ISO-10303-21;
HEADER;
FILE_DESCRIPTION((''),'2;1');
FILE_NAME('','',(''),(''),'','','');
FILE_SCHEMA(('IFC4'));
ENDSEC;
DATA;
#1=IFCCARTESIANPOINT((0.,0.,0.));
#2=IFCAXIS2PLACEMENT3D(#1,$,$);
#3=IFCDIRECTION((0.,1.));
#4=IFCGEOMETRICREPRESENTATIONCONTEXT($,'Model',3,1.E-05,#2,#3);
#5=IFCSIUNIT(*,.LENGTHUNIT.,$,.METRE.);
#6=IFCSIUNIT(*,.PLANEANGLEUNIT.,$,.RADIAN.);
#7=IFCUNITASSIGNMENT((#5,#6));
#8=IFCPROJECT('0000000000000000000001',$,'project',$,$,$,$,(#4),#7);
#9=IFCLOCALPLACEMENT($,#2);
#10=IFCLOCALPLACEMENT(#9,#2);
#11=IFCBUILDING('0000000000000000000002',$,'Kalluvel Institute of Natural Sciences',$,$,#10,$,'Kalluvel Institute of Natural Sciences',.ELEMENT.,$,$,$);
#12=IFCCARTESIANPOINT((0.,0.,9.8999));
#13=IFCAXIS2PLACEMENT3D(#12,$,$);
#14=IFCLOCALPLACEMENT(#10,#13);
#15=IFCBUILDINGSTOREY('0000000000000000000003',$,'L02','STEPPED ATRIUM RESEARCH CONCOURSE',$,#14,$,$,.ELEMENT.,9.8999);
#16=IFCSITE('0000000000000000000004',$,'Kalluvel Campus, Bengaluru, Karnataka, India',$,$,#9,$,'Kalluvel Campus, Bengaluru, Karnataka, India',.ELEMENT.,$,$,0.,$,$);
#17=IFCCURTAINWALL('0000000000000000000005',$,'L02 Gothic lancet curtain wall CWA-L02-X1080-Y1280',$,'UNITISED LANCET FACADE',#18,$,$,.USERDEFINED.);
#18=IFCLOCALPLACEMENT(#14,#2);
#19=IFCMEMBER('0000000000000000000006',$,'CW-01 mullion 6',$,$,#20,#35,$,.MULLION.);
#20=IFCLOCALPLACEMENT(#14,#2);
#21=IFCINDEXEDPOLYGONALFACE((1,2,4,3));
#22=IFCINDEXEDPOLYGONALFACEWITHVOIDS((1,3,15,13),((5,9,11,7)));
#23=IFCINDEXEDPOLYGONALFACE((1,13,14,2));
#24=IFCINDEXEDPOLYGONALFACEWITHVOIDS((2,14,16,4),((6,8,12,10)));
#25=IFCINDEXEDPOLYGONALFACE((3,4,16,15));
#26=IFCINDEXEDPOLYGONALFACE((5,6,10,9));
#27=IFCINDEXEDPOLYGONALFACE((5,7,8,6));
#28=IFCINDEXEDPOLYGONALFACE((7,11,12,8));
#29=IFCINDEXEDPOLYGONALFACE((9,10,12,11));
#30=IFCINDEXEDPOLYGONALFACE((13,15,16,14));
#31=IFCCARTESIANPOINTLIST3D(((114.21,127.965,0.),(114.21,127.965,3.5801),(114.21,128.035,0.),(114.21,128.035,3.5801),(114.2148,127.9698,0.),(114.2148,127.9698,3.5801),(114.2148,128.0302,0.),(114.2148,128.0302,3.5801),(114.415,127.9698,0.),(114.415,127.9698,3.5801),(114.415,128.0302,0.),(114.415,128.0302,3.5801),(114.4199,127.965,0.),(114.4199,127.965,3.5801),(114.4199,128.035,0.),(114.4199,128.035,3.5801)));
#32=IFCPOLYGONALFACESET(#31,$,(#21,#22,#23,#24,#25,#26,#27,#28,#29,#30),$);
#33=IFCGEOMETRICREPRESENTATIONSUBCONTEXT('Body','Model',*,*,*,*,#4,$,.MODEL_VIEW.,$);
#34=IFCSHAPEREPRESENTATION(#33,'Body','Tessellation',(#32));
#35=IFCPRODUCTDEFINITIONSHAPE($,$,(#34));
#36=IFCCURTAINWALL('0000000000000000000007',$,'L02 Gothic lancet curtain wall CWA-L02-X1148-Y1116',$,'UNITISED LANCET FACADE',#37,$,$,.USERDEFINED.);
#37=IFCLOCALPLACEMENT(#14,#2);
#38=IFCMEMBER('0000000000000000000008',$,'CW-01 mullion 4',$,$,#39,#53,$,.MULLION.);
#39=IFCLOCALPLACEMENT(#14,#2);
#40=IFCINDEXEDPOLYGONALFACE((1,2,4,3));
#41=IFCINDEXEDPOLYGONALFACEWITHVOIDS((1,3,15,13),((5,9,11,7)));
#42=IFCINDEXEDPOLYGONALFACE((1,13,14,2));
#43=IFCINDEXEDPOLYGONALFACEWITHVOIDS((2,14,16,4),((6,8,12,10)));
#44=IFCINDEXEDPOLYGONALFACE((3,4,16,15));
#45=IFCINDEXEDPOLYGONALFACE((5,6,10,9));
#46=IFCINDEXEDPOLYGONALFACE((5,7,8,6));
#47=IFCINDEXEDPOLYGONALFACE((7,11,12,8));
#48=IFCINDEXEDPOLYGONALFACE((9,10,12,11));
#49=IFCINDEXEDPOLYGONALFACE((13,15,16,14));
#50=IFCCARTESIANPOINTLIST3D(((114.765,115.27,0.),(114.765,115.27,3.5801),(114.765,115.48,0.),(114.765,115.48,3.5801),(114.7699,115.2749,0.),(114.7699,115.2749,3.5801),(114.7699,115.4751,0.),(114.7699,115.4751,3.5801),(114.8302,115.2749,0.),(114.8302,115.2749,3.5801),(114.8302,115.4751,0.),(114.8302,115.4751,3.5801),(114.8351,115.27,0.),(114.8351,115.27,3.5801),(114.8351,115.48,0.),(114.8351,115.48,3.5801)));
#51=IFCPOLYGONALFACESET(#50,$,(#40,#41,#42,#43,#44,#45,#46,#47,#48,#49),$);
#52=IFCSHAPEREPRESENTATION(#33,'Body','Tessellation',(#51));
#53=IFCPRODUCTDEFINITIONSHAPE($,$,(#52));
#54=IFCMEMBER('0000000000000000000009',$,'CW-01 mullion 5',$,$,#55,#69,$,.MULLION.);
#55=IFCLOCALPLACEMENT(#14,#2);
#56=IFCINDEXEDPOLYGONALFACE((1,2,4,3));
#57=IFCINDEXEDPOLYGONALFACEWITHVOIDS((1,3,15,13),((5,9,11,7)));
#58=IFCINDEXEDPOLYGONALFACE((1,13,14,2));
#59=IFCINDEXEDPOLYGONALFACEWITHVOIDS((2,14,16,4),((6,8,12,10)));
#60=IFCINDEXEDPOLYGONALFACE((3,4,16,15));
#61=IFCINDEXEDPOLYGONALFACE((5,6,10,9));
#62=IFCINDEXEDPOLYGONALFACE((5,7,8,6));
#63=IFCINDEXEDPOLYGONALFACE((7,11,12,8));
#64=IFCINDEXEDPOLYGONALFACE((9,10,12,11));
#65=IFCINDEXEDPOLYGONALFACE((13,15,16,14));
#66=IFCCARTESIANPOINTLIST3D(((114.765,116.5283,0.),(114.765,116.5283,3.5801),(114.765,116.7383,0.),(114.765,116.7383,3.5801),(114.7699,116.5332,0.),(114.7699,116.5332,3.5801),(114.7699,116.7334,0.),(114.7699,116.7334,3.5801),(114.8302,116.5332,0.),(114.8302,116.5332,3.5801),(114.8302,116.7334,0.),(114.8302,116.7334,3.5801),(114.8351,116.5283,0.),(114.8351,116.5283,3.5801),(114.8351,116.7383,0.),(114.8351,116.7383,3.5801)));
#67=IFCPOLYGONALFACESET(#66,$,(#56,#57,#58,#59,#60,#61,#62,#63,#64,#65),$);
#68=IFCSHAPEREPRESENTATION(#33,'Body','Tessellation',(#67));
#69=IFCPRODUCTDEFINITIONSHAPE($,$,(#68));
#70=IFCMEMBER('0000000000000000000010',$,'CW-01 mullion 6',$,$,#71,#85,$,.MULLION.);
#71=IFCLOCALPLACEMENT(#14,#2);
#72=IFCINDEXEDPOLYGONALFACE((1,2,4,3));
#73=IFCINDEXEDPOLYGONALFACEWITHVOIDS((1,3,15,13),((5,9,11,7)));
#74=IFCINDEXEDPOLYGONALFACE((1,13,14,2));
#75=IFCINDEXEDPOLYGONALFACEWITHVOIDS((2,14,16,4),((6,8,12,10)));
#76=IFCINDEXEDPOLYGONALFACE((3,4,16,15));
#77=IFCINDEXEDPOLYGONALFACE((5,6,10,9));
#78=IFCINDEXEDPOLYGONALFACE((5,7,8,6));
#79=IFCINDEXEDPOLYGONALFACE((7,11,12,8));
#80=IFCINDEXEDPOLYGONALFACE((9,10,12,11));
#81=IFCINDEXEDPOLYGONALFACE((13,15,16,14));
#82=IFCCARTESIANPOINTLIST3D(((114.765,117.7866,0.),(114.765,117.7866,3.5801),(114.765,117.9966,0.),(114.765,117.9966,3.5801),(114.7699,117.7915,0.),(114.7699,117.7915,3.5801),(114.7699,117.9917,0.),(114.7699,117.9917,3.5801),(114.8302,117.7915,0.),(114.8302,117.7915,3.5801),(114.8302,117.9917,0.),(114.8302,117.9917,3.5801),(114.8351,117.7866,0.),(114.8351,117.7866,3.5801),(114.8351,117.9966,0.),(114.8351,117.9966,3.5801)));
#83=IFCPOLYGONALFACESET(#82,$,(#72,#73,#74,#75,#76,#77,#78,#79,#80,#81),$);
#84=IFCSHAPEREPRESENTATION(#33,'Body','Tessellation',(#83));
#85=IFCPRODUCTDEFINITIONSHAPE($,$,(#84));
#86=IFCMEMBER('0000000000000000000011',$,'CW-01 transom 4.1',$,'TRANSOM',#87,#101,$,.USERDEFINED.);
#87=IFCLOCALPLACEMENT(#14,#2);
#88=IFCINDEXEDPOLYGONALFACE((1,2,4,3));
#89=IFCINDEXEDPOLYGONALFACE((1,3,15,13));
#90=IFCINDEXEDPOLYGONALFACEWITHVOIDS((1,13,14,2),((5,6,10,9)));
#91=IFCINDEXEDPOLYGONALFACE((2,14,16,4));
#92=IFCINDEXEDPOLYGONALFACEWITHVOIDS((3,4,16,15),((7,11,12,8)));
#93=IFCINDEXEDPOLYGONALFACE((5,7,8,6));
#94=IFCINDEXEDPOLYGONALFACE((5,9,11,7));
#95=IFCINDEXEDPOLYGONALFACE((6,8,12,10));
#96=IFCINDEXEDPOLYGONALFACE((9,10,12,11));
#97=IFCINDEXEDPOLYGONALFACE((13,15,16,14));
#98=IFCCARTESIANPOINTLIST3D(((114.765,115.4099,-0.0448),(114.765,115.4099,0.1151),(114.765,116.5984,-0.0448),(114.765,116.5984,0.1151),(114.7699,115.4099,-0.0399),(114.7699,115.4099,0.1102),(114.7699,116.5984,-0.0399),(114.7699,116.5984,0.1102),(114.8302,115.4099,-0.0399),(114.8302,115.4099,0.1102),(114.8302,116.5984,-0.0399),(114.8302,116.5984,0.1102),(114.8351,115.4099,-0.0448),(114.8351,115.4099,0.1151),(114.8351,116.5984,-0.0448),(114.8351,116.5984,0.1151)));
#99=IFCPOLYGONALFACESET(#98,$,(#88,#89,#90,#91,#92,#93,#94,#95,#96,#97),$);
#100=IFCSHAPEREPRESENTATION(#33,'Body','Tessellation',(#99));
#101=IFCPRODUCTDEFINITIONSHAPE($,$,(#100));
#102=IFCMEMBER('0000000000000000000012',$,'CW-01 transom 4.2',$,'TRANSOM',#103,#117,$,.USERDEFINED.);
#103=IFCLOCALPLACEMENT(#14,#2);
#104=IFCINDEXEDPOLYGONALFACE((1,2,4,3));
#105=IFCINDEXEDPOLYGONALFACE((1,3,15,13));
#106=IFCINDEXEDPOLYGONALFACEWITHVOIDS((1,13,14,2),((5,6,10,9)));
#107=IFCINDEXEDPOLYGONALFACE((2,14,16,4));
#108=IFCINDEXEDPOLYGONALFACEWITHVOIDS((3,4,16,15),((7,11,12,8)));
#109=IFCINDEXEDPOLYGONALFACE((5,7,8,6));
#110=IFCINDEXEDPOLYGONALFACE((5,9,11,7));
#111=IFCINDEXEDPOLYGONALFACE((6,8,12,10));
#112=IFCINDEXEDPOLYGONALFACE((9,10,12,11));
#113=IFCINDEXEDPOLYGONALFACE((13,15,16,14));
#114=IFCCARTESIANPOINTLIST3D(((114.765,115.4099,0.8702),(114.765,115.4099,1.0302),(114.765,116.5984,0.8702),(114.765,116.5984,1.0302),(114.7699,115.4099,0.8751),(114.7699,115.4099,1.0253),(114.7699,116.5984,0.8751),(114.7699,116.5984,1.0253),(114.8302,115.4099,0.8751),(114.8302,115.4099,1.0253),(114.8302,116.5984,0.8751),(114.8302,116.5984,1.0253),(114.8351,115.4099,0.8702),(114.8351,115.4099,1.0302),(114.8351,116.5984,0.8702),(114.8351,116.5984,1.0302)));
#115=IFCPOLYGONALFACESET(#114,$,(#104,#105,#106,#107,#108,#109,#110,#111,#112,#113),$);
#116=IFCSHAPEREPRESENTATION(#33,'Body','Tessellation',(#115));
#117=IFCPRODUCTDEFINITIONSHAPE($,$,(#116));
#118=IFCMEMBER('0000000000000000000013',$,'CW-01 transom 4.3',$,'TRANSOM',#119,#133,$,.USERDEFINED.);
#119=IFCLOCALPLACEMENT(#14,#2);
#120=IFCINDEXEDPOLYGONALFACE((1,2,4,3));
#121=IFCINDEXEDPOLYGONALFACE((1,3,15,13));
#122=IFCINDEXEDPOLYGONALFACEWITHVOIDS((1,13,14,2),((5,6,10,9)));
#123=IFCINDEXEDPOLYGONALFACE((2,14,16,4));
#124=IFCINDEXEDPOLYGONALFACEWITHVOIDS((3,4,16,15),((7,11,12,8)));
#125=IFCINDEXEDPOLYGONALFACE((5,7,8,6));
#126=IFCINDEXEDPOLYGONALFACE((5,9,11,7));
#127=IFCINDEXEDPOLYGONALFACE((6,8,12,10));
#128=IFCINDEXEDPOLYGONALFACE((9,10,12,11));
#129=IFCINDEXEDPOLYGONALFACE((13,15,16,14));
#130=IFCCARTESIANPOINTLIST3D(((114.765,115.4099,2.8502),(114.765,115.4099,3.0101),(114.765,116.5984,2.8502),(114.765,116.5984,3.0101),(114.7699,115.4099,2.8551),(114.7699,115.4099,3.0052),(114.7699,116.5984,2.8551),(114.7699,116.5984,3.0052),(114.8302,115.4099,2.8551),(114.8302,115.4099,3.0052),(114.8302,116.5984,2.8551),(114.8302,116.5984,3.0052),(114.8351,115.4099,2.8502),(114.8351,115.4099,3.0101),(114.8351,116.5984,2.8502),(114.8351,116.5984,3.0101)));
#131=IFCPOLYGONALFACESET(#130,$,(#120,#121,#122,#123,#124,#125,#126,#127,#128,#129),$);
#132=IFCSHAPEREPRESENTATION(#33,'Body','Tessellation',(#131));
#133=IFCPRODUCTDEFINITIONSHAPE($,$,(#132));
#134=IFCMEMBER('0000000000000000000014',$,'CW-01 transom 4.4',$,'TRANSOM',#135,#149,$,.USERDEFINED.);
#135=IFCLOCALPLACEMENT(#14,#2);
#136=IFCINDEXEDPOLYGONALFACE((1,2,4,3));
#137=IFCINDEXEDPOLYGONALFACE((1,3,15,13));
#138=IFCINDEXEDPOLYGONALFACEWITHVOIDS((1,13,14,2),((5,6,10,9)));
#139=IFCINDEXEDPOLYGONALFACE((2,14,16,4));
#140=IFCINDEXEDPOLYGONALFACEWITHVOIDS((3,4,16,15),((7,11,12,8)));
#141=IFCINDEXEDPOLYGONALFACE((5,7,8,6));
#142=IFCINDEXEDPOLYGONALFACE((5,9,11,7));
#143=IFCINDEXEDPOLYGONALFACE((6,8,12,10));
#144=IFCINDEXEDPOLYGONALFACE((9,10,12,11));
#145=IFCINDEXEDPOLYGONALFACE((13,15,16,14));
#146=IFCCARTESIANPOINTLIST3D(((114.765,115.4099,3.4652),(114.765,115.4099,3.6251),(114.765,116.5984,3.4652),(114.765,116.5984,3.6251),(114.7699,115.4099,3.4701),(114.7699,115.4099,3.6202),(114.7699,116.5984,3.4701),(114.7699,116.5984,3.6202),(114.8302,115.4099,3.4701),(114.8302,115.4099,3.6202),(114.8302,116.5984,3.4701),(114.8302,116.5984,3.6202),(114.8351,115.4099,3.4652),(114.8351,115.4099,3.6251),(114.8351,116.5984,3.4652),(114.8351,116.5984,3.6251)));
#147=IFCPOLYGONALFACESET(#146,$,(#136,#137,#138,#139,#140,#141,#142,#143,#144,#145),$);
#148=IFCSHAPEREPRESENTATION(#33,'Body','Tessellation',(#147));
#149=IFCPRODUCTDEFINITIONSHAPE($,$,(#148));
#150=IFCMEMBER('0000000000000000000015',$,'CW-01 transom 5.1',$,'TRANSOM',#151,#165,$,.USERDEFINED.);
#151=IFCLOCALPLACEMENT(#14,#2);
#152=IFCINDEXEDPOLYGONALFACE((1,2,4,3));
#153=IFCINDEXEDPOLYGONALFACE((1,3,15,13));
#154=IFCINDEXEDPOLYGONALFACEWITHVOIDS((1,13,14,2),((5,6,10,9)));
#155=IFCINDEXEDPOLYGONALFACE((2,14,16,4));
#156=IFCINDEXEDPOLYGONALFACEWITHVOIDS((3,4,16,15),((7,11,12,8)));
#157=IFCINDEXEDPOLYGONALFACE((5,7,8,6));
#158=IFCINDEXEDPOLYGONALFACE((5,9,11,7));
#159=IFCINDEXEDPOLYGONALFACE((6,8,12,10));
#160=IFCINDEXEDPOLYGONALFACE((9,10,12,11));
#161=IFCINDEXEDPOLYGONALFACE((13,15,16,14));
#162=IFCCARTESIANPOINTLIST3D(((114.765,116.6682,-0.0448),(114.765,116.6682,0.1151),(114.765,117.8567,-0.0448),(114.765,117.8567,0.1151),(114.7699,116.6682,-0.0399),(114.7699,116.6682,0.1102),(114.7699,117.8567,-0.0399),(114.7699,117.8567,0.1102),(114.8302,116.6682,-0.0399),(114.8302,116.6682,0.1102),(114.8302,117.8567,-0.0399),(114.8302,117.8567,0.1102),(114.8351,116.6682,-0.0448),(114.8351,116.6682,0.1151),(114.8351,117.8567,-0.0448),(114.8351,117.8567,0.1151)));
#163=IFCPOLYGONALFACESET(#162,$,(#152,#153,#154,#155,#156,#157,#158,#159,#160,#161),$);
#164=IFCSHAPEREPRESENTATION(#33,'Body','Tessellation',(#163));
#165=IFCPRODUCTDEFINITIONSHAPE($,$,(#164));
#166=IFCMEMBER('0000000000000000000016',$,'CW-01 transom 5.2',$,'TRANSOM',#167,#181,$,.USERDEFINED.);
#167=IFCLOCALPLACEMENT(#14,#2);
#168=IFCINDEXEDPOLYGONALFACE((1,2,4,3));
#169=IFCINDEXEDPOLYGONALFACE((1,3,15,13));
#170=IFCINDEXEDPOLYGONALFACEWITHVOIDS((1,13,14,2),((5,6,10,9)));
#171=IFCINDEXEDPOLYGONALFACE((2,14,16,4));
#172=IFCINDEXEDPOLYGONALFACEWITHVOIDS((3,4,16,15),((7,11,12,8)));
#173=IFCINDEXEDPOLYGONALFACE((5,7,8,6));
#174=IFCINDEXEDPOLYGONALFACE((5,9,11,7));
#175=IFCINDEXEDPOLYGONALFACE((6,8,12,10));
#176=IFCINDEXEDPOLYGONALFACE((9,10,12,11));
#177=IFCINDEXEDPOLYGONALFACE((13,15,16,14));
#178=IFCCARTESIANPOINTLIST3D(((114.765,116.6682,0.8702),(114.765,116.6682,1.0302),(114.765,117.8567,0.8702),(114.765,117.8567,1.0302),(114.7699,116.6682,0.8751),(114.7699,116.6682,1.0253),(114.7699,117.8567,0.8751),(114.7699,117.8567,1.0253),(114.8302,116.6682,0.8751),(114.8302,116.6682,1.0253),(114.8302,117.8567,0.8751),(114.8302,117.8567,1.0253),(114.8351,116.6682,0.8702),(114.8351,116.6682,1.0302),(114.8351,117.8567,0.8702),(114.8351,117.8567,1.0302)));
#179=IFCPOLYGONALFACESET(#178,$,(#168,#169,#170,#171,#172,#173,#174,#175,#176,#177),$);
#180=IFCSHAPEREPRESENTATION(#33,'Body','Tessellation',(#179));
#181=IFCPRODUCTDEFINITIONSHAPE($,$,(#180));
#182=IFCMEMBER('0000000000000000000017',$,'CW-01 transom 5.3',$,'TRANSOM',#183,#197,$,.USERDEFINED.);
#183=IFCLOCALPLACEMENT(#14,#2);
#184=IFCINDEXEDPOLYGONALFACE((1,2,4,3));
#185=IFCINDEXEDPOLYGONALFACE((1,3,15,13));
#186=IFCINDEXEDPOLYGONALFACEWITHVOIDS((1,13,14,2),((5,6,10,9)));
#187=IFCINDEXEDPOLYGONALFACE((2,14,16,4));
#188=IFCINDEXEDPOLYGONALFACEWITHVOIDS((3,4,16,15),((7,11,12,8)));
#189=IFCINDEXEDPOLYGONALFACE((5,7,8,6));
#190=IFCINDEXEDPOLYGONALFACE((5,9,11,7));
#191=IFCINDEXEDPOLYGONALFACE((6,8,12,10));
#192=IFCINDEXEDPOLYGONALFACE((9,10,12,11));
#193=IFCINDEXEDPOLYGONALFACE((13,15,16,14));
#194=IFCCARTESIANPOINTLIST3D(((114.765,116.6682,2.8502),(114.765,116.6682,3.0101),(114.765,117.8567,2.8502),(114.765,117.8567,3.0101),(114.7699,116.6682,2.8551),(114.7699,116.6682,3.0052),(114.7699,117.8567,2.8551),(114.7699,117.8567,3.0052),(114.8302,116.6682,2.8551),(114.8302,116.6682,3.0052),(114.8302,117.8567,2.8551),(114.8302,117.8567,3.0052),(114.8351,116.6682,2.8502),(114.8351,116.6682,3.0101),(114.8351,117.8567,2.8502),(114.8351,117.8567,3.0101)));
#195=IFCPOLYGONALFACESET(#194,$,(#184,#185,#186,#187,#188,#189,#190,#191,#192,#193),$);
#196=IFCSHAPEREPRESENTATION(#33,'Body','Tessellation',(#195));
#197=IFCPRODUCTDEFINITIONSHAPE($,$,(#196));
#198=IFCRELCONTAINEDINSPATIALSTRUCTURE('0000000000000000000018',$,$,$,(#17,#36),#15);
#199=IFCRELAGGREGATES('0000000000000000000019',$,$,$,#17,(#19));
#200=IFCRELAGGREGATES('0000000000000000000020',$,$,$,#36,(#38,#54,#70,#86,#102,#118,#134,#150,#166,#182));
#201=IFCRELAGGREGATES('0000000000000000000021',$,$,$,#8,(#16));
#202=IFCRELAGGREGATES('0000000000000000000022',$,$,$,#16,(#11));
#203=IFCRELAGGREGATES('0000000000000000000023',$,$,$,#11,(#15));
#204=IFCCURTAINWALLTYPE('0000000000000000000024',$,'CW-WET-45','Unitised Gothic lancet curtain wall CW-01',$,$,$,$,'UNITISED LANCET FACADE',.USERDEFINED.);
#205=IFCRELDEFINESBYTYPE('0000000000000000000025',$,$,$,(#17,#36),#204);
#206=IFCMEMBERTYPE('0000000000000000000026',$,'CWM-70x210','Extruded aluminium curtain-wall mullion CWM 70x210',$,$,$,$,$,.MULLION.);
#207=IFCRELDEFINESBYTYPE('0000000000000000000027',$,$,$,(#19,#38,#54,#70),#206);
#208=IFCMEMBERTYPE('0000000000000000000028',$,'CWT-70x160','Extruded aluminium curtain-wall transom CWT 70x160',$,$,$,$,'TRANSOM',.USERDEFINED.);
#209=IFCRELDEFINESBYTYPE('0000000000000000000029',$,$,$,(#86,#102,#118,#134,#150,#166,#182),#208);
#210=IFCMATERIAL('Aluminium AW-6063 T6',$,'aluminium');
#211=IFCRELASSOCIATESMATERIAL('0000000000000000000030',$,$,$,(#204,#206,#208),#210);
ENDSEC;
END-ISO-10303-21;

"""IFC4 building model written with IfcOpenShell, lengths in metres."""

from ifc_helpers import new_model, si_unit, direction, frame, origin, origin_2d, place, context, subcontext, project, spatial, hollow_rectangle, extrude, material, material_profile, profile_set, type_object, element, aggregate, save


model = new_model("IFC4")

# Units and contexts
model_context = context("Model", 3, precision=1e-05, world=origin(), true_north=direction((0.0, 1.0)))
body_context = subcontext(model_context, "Body", "Model", "MODEL_VIEW")
ifc_project = project(units=[si_unit("LENGTHUNIT", "METRE"), si_unit("PLANEANGLEUNIT", "RADIAN")], contexts=[model_context])

# Site, building, storey
site_placement = place(None, origin())
site = spatial("IfcSite", under=ifc_project, at=site_placement, Name="Kalluvel Campus, Bengaluru, Karnataka, India", LongName="Kalluvel Campus, Bengaluru, Karnataka, India", CompositionType="ELEMENT", RefElevation=0.0)
building_placement = place(site_placement, origin())
building = spatial("IfcBuilding", under=site, at=building_placement, Name="Kalluvel Institute of Natural Sciences", LongName="Kalluvel Institute of Natural Sciences", CompositionType="ELEMENT")
storey_placement = place(building_placement, frame((0.0, 0.0, 9.8999)))
storey = spatial("IfcBuildingStorey", under=building, at=storey_placement, Name="L02", Description="STEPPED ATRIUM RESEARCH CONCOURSE", CompositionType="ELEMENT", Elevation=9.8999)

# Curtain wall, member
ifc_material_1 = material(Name="Aluminium AW-6063 T6", Category="aluminium")
curtain_wall_type = type_object("IfcCurtainWallType", Name="CW-WET-45", Description="Unitised Gothic lancet curtain wall CW-01", ElementType="UNITISED LANCET FACADE", PredefinedType="USERDEFINED", material=ifc_material_1)
curtain_wall_1_placement = place(storey_placement, origin())
curtain_wall_1 = element("IfcCurtainWall", 1, at=curtain_wall_1_placement, inside=storey, type_object=curtain_wall_type, Name="L02 Gothic lancet curtain wall CWA-L02-X1080-Y1280", ObjectType="UNITISED LANCET FACADE", PredefinedType="USERDEFINED")
ifc_material_profile_1 = material_profile(ifc_material_1, hollow_rectangle(XDim=0.0701, YDim=0.21, WallThickness=0.0049, at=origin_2d()), Name="CWM 70x210")
ifc_profile_set_1 = profile_set([ifc_material_profile_1], Name="Aluminium AW-6063 T6")
member_type_1 = type_object("IfcMemberType", Name="CWM-70x210", Description="Extruded aluminium curtain-wall mullion CWM 70x210", PredefinedType="MULLION", material=ifc_profile_set_1)
member_1_placement = place(storey_placement, frame((114.3149, 128.0, 0.0), z_axis=(0.0, 0.0, 1.0), x_axis=(0.0, 1.0, 0.0)))
member_1 = element("IfcMember", 2, at=member_1_placement, type_object=member_type_1, Name="CW-01 mullion 6", PredefinedType="MULLION", context=body_context, shape_type="SweptSolid", body=[
    extrude(hollow_rectangle(XDim=0.0701, YDim=0.21, WallThickness=0.0049, at=origin_2d()), origin(), (0.0, 0.0, 1.0), 3.5801),
])

# Curtain wall, members
curtain_wall_2_placement = place(storey_placement, origin())
curtain_wall_2 = element("IfcCurtainWall", 3, at=curtain_wall_2_placement, inside=storey, type_object=curtain_wall_type, Name="L02 Gothic lancet curtain wall CWA-L02-X1148-Y1116", ObjectType="UNITISED LANCET FACADE", PredefinedType="USERDEFINED")
member_2_placement = place(storey_placement, frame((114.8, 115.375, 0.0), z_axis=(0.0, 0.0, 1.0), x_axis=(-1.0, 0.0, 0.0)))
member_2 = element("IfcMember", 4, at=member_2_placement, type_object=member_type_1, Name="CW-01 mullion 4", PredefinedType="MULLION", context=body_context, shape_type="SweptSolid", body=[
    extrude(hollow_rectangle(XDim=0.0701, YDim=0.21, WallThickness=0.0049, at=origin_2d()), origin(), (0.0, 0.0, 1.0), 3.5801),
])
member_3_placement = place(storey_placement, frame((114.8, 116.6333, 0.0), z_axis=(0.0, 0.0, 1.0), x_axis=(-1.0, 0.0, 0.0)))
member_3 = element("IfcMember", 5, at=member_3_placement, type_object=member_type_1, Name="CW-01 mullion 5", PredefinedType="MULLION", context=body_context, shape_type="SweptSolid", body=[
    extrude(hollow_rectangle(XDim=0.0701, YDim=0.21, WallThickness=0.0049, at=origin_2d()), origin(), (0.0, 0.0, 1.0), 3.5801),
])
member_4_placement = place(storey_placement, frame((114.8, 117.8916, 0.0), z_axis=(0.0, 0.0, 1.0), x_axis=(-1.0, 0.0, 0.0)))
member_4 = element("IfcMember", 6, at=member_4_placement, type_object=member_type_1, Name="CW-01 mullion 6", PredefinedType="MULLION", context=body_context, shape_type="SweptSolid", body=[
    extrude(hollow_rectangle(XDim=0.0701, YDim=0.21, WallThickness=0.0049, at=origin_2d()), origin(), (0.0, 0.0, 1.0), 3.5801),
])
ifc_material_profile_2 = material_profile(ifc_material_1, hollow_rectangle(XDim=0.0701, YDim=0.1599, WallThickness=0.0049, at=origin_2d()), Name="CWT 70x160")
ifc_profile_set_2 = profile_set([ifc_material_profile_2], Name="Aluminium AW-6063 T6")
member_type_2 = type_object("IfcMemberType", Name="CWT-70x160", Description="Extruded aluminium curtain-wall transom CWT 70x160", ElementType="TRANSOM", PredefinedType="USERDEFINED", material=ifc_profile_set_2)
member_5_placement = place(storey_placement, frame((114.8, 115.4099, 0.0352), z_axis=(0.0, 1.0, 0.0), x_axis=(-1.0, 0.0, 0.0)))
member_5 = element("IfcMember", 7, at=member_5_placement, type_object=member_type_2, Name="CW-01 transom 4.1", ObjectType="TRANSOM", PredefinedType="USERDEFINED", context=body_context, shape_type="SweptSolid", body=[
    extrude(hollow_rectangle(XDim=0.0701, YDim=0.1599, WallThickness=0.0049, at=origin_2d()), origin(), (0.0, 0.0, 1.0), 1.1885),
])
member_6_placement = place(storey_placement, frame((114.8, 115.4099, 0.9502), z_axis=(0.0, 1.0, 0.0), x_axis=(-1.0, 0.0, 0.0)))
member_6 = element("IfcMember", 8, at=member_6_placement, type_object=member_type_2, Name="CW-01 transom 4.2", ObjectType="TRANSOM", PredefinedType="USERDEFINED", context=body_context, shape_type="SweptSolid", body=[
    extrude(hollow_rectangle(XDim=0.0701, YDim=0.1599, WallThickness=0.0049, at=origin_2d()), origin(), (0.0, 0.0, 1.0), 1.1885),
])
member_7_placement = place(storey_placement, frame((114.8, 115.4099, 2.9302), z_axis=(0.0, 1.0, 0.0), x_axis=(-1.0, 0.0, 0.0)))
member_7 = element("IfcMember", 9, at=member_7_placement, type_object=member_type_2, Name="CW-01 transom 4.3", ObjectType="TRANSOM", PredefinedType="USERDEFINED", context=body_context, shape_type="SweptSolid", body=[
    extrude(hollow_rectangle(XDim=0.0701, YDim=0.1599, WallThickness=0.0049, at=origin_2d()), origin(), (0.0, 0.0, 1.0), 1.1885),
])
member_8_placement = place(storey_placement, frame((114.8, 115.4099, 3.5452), z_axis=(0.0, 1.0, 0.0), x_axis=(-1.0, 0.0, 0.0)))
member_8 = element("IfcMember", 10, at=member_8_placement, type_object=member_type_2, Name="CW-01 transom 4.4", ObjectType="TRANSOM", PredefinedType="USERDEFINED", context=body_context, shape_type="SweptSolid", body=[
    extrude(hollow_rectangle(XDim=0.0701, YDim=0.1599, WallThickness=0.0049, at=origin_2d()), origin(), (0.0, 0.0, 1.0), 1.1885),
])
member_9_placement = place(storey_placement, frame((114.8, 116.6682, 0.0352), z_axis=(0.0, 1.0, 0.0), x_axis=(-1.0, 0.0, 0.0)))
member_9 = element("IfcMember", 11, at=member_9_placement, type_object=member_type_2, Name="CW-01 transom 5.1", ObjectType="TRANSOM", PredefinedType="USERDEFINED", context=body_context, shape_type="SweptSolid", body=[
    extrude(hollow_rectangle(XDim=0.0701, YDim=0.1599, WallThickness=0.0049, at=origin_2d()), origin(), (0.0, 0.0, 1.0), 1.1885),
])
member_10_placement = place(storey_placement, frame((114.8, 116.6682, 0.9502), z_axis=(0.0, 1.0, 0.0), x_axis=(-1.0, 0.0, 0.0)))
member_10 = element("IfcMember", 12, at=member_10_placement, type_object=member_type_2, Name="CW-01 transom 5.2", ObjectType="TRANSOM", PredefinedType="USERDEFINED", context=body_context, shape_type="SweptSolid", body=[
    extrude(hollow_rectangle(XDim=0.0701, YDim=0.1599, WallThickness=0.0049, at=origin_2d()), origin(), (0.0, 0.0, 1.0), 1.1885),
])
member_11_placement = place(storey_placement, frame((114.8, 116.6682, 2.9302), z_axis=(0.0, 1.0, 0.0), x_axis=(-1.0, 0.0, 0.0)))
member_11 = element("IfcMember", 13, at=member_11_placement, type_object=member_type_2, Name="CW-01 transom 5.3", ObjectType="TRANSOM", PredefinedType="USERDEFINED", context=body_context, shape_type="SweptSolid", body=[
    extrude(hollow_rectangle(XDim=0.0701, YDim=0.1599, WallThickness=0.0049, at=origin_2d()), origin(), (0.0, 0.0, 1.0), 1.1885),
])

aggregate(curtain_wall_1, [member_1])
aggregate(curtain_wall_2, [member_2, member_3, member_4, member_5, member_6, member_7, member_8, member_9, member_10, member_11])

save(model, "model.ifc")
